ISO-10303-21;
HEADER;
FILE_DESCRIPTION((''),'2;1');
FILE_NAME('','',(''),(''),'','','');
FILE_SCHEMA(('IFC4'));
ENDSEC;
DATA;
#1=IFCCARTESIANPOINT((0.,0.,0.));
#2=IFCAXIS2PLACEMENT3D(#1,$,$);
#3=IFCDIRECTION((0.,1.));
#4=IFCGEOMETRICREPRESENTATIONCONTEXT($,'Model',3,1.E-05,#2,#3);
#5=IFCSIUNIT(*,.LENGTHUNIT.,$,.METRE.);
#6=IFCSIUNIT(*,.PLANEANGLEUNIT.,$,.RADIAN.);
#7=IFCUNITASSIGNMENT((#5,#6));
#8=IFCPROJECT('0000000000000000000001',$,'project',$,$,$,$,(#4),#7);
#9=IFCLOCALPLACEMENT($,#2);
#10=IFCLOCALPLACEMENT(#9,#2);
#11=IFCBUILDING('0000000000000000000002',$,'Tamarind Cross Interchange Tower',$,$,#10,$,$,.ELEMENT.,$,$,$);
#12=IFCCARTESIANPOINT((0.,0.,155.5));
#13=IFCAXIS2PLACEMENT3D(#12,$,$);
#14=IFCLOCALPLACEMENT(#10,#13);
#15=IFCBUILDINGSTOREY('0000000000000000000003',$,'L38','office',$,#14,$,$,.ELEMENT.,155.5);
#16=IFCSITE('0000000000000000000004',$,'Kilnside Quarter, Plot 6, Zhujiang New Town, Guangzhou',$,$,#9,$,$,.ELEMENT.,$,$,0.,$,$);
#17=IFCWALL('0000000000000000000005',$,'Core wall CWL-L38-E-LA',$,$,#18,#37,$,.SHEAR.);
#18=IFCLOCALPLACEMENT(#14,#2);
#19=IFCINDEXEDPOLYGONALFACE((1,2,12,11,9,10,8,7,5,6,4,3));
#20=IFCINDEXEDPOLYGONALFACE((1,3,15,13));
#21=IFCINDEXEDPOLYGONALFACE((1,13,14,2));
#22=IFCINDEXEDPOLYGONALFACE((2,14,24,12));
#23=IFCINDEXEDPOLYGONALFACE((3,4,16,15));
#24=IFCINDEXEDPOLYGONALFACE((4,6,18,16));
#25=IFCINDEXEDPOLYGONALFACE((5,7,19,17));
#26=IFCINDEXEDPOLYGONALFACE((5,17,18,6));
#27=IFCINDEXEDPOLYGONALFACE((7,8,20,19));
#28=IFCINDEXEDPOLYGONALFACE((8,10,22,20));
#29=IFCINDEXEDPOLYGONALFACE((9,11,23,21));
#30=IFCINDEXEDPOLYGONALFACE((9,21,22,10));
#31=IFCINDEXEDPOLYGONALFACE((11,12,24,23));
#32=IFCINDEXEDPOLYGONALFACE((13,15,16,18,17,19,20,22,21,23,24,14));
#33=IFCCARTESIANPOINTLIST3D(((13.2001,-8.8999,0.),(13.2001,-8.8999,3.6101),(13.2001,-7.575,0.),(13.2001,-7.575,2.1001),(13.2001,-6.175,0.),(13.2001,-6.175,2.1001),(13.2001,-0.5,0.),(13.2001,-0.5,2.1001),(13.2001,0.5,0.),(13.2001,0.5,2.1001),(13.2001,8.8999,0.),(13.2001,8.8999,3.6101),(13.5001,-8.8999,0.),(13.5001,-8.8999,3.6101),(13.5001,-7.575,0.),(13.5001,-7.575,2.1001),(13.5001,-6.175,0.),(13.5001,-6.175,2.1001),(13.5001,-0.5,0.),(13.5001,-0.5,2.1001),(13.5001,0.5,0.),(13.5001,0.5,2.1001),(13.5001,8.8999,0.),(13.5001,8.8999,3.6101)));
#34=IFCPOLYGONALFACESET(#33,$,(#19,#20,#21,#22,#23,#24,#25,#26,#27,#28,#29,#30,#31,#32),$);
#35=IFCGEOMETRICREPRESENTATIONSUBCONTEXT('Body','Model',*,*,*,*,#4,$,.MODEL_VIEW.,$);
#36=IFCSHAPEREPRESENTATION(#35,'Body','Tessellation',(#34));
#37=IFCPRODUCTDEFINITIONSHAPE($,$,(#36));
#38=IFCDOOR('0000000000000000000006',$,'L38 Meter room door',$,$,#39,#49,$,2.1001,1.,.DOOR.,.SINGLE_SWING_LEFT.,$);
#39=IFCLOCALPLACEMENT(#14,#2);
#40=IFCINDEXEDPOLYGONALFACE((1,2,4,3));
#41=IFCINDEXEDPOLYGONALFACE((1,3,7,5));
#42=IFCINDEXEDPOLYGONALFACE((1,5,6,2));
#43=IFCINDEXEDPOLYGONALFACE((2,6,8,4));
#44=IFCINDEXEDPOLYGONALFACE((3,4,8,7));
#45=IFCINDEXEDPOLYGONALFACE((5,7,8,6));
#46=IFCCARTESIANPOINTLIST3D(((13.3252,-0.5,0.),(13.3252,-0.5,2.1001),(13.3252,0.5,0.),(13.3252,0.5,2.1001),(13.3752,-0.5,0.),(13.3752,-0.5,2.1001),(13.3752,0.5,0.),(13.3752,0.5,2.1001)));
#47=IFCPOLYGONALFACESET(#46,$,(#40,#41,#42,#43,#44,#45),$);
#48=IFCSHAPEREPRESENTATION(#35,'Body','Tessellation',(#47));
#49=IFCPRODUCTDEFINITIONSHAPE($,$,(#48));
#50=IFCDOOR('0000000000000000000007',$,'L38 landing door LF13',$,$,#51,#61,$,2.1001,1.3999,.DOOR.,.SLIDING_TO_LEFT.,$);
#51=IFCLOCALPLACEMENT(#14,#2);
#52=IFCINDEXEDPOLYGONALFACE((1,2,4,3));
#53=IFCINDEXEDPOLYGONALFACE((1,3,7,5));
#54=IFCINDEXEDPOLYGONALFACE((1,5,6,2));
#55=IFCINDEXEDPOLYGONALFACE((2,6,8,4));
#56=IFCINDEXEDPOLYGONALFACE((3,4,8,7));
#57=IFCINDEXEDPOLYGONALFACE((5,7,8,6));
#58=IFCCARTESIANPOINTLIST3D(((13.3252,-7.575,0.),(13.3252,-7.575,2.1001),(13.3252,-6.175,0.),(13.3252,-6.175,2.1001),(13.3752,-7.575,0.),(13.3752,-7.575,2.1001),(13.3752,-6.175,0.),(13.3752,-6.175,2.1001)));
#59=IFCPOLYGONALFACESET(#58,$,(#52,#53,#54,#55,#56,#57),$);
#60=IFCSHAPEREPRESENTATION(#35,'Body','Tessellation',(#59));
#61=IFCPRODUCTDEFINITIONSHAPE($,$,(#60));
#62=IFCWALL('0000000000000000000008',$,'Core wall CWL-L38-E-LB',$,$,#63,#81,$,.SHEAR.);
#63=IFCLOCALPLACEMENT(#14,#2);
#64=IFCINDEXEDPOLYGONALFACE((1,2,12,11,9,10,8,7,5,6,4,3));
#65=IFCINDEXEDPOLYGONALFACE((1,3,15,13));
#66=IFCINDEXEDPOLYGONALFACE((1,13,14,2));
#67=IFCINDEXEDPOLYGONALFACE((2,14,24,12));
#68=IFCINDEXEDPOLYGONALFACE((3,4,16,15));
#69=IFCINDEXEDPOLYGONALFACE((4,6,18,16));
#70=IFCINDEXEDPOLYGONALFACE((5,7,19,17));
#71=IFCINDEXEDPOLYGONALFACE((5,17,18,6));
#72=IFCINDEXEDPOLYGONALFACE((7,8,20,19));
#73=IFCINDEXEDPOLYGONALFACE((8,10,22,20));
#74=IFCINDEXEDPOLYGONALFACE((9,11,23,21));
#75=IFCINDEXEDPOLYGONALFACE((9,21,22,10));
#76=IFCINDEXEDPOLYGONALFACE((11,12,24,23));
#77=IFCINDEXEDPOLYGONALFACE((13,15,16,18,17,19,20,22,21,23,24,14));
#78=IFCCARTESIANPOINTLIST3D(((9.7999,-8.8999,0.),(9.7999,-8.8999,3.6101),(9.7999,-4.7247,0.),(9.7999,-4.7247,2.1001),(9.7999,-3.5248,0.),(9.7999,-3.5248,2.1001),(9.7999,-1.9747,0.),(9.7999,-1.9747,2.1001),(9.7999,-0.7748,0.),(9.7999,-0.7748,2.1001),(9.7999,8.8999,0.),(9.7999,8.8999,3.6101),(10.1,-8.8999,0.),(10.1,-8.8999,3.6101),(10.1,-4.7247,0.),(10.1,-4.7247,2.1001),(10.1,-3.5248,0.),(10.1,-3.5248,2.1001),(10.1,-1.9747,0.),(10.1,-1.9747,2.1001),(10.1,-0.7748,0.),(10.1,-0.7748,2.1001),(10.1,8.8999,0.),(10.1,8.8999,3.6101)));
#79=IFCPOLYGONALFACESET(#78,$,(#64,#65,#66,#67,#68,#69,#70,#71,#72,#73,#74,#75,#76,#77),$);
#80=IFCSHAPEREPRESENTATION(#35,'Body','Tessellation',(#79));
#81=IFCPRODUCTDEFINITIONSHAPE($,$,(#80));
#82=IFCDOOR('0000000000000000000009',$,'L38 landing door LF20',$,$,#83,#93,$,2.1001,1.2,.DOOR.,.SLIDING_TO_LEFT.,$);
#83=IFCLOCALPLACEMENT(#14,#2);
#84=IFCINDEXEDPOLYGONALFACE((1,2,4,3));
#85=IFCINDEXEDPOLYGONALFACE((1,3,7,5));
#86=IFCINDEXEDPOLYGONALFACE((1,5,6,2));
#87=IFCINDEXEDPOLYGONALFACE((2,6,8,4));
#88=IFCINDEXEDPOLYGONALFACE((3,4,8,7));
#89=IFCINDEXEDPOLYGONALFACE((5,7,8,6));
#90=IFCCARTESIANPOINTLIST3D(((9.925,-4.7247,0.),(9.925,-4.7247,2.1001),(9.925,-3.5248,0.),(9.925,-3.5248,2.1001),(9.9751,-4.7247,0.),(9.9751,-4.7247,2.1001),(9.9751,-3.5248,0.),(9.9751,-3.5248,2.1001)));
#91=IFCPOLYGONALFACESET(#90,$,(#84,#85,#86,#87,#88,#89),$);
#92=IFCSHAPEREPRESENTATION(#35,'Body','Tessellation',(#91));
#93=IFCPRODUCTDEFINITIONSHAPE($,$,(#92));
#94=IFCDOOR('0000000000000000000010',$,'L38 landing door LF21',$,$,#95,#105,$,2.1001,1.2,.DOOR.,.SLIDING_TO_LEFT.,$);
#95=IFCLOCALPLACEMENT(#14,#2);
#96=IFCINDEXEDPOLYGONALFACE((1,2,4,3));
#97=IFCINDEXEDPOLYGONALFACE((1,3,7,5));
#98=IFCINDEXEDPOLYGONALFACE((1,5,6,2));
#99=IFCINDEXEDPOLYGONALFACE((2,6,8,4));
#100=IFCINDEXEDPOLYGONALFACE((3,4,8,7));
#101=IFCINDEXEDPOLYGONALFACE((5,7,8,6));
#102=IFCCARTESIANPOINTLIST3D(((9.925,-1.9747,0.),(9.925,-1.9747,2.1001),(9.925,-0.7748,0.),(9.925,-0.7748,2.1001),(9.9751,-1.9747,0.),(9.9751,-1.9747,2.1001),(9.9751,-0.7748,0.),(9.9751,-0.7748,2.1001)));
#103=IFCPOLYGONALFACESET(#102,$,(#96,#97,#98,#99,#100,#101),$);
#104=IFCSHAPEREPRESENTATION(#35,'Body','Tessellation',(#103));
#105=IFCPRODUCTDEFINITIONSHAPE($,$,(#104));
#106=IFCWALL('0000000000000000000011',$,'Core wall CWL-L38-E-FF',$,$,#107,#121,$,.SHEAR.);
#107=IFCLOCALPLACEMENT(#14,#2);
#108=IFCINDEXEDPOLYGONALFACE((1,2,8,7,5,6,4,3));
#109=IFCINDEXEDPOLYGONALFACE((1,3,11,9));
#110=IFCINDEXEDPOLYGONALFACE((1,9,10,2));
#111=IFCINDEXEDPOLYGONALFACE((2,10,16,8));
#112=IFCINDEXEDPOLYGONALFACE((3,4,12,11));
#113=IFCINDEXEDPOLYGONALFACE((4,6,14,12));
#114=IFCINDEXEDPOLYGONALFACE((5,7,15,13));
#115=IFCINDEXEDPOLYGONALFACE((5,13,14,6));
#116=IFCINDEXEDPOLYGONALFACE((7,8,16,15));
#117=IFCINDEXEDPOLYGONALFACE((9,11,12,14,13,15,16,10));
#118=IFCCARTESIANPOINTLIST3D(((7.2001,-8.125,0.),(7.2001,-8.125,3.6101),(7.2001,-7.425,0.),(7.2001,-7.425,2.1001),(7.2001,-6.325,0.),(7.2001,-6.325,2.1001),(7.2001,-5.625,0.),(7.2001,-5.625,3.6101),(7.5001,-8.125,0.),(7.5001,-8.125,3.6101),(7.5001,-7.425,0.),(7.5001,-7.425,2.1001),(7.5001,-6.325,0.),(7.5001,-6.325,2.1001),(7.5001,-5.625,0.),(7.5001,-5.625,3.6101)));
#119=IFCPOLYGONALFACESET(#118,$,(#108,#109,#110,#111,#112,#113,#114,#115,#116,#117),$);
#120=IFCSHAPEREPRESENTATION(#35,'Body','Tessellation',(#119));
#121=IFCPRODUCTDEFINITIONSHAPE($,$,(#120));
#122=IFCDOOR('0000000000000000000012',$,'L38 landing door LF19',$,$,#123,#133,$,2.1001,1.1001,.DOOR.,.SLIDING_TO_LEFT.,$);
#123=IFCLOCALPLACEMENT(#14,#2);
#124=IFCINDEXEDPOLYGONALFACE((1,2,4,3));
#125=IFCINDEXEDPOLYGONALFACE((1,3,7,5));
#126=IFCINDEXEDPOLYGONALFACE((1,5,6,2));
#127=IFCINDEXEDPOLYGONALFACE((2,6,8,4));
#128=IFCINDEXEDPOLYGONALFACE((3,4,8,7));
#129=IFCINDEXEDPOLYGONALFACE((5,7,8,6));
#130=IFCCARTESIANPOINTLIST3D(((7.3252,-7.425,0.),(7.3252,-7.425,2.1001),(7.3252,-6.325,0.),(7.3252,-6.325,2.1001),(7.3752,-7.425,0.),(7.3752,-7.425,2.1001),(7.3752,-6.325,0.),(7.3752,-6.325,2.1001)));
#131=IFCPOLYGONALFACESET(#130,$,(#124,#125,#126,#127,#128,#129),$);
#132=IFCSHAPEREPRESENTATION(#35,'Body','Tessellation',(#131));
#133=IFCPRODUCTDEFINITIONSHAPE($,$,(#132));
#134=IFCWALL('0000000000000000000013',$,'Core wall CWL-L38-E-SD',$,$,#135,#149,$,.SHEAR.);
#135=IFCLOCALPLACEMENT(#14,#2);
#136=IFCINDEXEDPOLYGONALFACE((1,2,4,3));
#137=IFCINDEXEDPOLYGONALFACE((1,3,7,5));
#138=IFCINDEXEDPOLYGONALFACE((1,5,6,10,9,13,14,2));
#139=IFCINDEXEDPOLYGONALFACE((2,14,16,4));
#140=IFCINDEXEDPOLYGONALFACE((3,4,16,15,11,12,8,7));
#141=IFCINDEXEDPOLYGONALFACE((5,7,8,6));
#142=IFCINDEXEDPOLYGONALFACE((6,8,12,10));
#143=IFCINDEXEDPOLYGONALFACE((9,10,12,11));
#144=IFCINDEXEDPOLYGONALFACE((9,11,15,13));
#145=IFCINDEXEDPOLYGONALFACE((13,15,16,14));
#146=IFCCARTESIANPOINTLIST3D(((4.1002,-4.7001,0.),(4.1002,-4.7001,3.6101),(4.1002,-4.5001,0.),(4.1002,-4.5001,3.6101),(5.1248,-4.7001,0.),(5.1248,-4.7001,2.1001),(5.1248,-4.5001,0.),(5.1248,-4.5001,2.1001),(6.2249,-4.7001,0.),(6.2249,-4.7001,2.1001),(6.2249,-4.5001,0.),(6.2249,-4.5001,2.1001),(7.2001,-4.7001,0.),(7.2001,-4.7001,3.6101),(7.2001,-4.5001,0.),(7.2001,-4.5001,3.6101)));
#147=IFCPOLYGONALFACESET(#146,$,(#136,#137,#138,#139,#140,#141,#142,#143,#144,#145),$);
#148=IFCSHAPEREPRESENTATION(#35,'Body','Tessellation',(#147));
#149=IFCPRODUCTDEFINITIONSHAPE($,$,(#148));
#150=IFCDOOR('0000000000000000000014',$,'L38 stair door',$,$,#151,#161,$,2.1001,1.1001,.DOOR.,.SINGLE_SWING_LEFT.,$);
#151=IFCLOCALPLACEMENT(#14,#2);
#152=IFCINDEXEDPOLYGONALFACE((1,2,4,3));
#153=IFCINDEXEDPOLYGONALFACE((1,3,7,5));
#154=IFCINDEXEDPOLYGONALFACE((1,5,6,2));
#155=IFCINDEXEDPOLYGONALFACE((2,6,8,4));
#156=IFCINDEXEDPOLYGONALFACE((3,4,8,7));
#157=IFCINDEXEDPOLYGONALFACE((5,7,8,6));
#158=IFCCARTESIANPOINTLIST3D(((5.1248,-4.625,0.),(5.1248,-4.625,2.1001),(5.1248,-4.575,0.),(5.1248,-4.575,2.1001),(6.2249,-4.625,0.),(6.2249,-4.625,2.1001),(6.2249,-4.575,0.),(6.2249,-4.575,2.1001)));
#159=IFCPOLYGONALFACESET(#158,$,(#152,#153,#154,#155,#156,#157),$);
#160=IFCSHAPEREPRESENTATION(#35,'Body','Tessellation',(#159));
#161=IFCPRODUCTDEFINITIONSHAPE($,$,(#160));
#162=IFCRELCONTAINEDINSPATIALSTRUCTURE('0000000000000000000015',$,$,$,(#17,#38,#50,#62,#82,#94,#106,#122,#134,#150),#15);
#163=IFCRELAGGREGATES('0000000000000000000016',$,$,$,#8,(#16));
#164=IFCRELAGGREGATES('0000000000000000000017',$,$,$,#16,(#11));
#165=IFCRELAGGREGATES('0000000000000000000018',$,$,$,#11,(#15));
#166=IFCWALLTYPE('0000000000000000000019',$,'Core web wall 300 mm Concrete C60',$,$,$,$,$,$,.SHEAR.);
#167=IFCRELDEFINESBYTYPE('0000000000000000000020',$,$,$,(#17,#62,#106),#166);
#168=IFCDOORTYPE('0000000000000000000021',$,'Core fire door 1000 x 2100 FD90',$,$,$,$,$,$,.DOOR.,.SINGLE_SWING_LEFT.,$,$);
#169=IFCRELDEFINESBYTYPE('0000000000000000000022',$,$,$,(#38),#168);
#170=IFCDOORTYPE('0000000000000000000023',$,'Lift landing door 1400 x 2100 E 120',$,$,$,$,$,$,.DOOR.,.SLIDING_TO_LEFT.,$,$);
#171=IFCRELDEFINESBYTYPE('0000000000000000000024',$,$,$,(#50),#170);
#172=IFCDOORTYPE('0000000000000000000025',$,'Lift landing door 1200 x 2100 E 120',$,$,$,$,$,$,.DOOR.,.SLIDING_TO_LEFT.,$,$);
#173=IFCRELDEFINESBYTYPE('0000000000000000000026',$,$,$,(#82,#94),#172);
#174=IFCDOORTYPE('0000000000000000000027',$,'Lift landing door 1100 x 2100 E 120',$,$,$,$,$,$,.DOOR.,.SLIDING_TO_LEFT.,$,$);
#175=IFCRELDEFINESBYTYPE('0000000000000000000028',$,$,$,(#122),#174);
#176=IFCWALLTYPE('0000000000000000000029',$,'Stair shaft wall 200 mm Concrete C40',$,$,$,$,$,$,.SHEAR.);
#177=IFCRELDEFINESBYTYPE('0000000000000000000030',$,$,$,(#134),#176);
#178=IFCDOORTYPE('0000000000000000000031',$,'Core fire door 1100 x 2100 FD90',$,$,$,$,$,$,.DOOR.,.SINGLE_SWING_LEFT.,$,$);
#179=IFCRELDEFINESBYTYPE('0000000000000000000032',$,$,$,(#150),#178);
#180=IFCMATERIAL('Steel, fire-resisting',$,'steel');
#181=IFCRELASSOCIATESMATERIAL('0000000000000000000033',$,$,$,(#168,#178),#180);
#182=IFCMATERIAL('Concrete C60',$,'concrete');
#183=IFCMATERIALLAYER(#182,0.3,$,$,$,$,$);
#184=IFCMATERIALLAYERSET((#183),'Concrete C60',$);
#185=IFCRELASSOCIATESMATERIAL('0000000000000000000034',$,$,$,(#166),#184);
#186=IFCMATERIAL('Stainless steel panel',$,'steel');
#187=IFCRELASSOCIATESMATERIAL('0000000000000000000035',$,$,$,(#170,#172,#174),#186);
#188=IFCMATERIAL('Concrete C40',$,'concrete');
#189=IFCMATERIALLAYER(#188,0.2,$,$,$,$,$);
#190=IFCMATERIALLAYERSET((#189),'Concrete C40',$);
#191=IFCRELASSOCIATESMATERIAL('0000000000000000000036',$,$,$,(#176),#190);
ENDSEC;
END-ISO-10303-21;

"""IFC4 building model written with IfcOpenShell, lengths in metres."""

from ifc_helpers import new_model, si_unit, direction, frame, frame_2d, origin, place, context, subcontext, project, spatial, rectangle, extrude, material, layer, layer_set, type_object, element, fill, save


model = new_model("IFC4")

# Units and contexts
model_context = context("Model", 3, precision=1e-05, world=origin(), true_north=direction((0.0, 1.0)))
body_context = subcontext(model_context, "Body", "Model", "MODEL_VIEW")
ifc_project = project(units=[si_unit("LENGTHUNIT", "METRE"), si_unit("PLANEANGLEUNIT", "RADIAN")], contexts=[model_context])

# Site, building, storey
site_placement = place(None, origin())
site = spatial("IfcSite", under=ifc_project, at=site_placement, Name="Kilnside Quarter, Plot 6, Zhujiang New Town, Guangzhou", CompositionType="ELEMENT", RefElevation=0.0)
building_placement = place(site_placement, origin())
building = spatial("IfcBuilding", under=site, at=building_placement, Name="Tamarind Cross Interchange Tower", CompositionType="ELEMENT")
storey_placement = place(building_placement, frame((0.0, 0.0, 155.5)))
storey = spatial("IfcBuildingStorey", under=building, at=storey_placement, Name="L38", Description="office", CompositionType="ELEMENT", Elevation=155.5)

# Shared definitions
ifc_material_1 = material(Name="Concrete C60", Category="concrete")
ifc_material_2 = material(Name="Steel, fire-resisting", Category="steel")
door_type_1 = type_object("IfcDoorType", Name="Core fire door 1000 x 2100 FD90", OperationType="SINGLE_SWING_LEFT", PredefinedType="DOOR", material=ifc_material_2)

# Shared definitions
ifc_layer_1 = layer(ifc_material_1, 0.3)
ifc_layer_set_1 = layer_set([ifc_layer_1], Name="Concrete C60")
wall_type_1 = type_object("IfcWallType", Name="Core web wall 300 mm Concrete C60", PredefinedType="SHEAR", material=ifc_layer_set_1)

# Walls, openings, doors
wall_1_placement = place(storey_placement, frame((13.3501, -8.8999, 0.0), z_axis=(0.0, 0.0, 1.0), x_axis=(0.0, 1.0, 0.0)))
wall_1 = element("IfcWall", 1, at=wall_1_placement, inside=storey, type_object=wall_type_1, Name="Core wall CWL-L38-E-LA", PredefinedType="SHEAR", context=body_context, shape_type="SweptSolid", body=[
    extrude(rectangle(XDim=17.7998, YDim=0.3, at=frame_2d((8.8999, 0.0))), origin(), (0.0, 0.0, 1.0), 3.6101),
])
opening_1_placement = place(wall_1_placement, frame((1.325, 0.0, 0.0)))
opening_1 = element("IfcOpeningElement", 2, at=opening_1_placement, cuts=wall_1, PredefinedType="OPENING", context=body_context, shape_type="SweptSolid", body=[
    extrude(rectangle(XDim=1.3999, YDim=2.1001, at=frame_2d((0.7, 1.05))), frame((0.0, 0.1599, 0.0), z_axis=(0.0, -1.0, 0.0), x_axis=(1.0, 0.0, 0.0)), (0.0, 0.0, 1.0), 0.3201),
])
opening_2_placement = place(wall_1_placement, frame((8.3999, 0.0, 0.0)))
opening_2 = element("IfcOpeningElement", 3, at=opening_2_placement, cuts=wall_1, PredefinedType="OPENING", context=body_context, shape_type="SweptSolid", body=[
    extrude(rectangle(XDim=1.0, YDim=2.1001, at=frame_2d((0.5, 1.05))), frame((0.0, 0.1599, 0.0), z_axis=(0.0, -1.0, 0.0), x_axis=(1.0, 0.0, 0.0)), (0.0, 0.0, 1.0), 0.3201),
])
door_1_placement = place(opening_2_placement, origin())
door_1 = element("IfcDoor", 4, at=door_1_placement, inside=storey, type_object=door_type_1, Name="L38 Meter room door", OperationType="SINGLE_SWING_LEFT", OverallHeight=2.1001, OverallWidth=1.0, PredefinedType="DOOR", context=body_context, shape_type="SweptSolid", body=[
    extrude(rectangle(XDim=1.0, YDim=2.1001, at=frame_2d((0.5, 1.05))), frame((0.0, 0.0249, 0.0), z_axis=(0.0, -1.0, 0.0), x_axis=(1.0, 0.0, 0.0)), (0.0, 0.0, 1.0), 0.05),
])
fill(opening_2, door_1)
ifc_material_3 = material(Name="Stainless steel panel", Category="steel")
door_type_2 = type_object("IfcDoorType", Name="Lift landing door 1400 x 2100 E 120", OperationType="SLIDING_TO_LEFT", PredefinedType="DOOR", material=ifc_material_3)
door_2_placement = place(opening_1_placement, origin())
door_2 = element("IfcDoor", 5, at=door_2_placement, inside=storey, type_object=door_type_2, Name="L38 landing door LF13", OperationType="SLIDING_TO_LEFT", OverallHeight=2.1001, OverallWidth=1.3999, PredefinedType="DOOR", context=body_context, shape_type="SweptSolid", body=[
    extrude(rectangle(XDim=1.3999, YDim=2.1001, at=frame_2d((0.7, 1.05))), frame((0.0, 0.0249, 0.0), z_axis=(0.0, -1.0, 0.0), x_axis=(1.0, 0.0, 0.0)), (0.0, 0.0, 1.0), 0.05),
])
fill(opening_1, door_2)
wall_2_placement = place(storey_placement, frame((9.95, -8.8999, 0.0), z_axis=(0.0, 0.0, 1.0), x_axis=(0.0, 1.0, 0.0)))
wall_2 = element("IfcWall", 6, at=wall_2_placement, inside=storey, type_object=wall_type_1, Name="Core wall CWL-L38-E-LB", PredefinedType="SHEAR", context=body_context, shape_type="SweptSolid", body=[
    extrude(rectangle(XDim=17.7998, YDim=0.3, at=frame_2d((8.8999, 0.0))), origin(), (0.0, 0.0, 1.0), 3.6101),
])
opening_3_placement = place(wall_2_placement, frame((4.175, 0.0, 0.0)))
opening_3 = element("IfcOpeningElement", 7, at=opening_3_placement, cuts=wall_2, PredefinedType="OPENING", context=body_context, shape_type="SweptSolid", body=[
    extrude(rectangle(XDim=1.2, YDim=2.1001, at=frame_2d((0.6001, 1.05))), frame((0.0, 0.1599, 0.0), z_axis=(0.0, -1.0, 0.0), x_axis=(1.0, 0.0, 0.0)), (0.0, 0.0, 1.0), 0.3201),
])
opening_4_placement = place(wall_2_placement, frame((6.925, 0.0, 0.0)))
opening_4 = element("IfcOpeningElement", 8, at=opening_4_placement, cuts=wall_2, PredefinedType="OPENING", context=body_context, shape_type="SweptSolid", body=[
    extrude(rectangle(XDim=1.2, YDim=2.1001, at=frame_2d((0.6001, 1.05))), frame((0.0, 0.1599, 0.0), z_axis=(0.0, -1.0, 0.0), x_axis=(1.0, 0.0, 0.0)), (0.0, 0.0, 1.0), 0.3201),
])
door_type_3 = type_object("IfcDoorType", Name="Lift landing door 1200 x 2100 E 120", OperationType="SLIDING_TO_LEFT", PredefinedType="DOOR", material=ifc_material_3)
door_3_placement = place(opening_3_placement, origin())
door_3 = element("IfcDoor", 9, at=door_3_placement, inside=storey, type_object=door_type_3, Name="L38 landing door LF20", OperationType="SLIDING_TO_LEFT", OverallHeight=2.1001, OverallWidth=1.2, PredefinedType="DOOR", context=body_context, shape_type="SweptSolid", body=[
    extrude(rectangle(XDim=1.2, YDim=2.1001, at=frame_2d((0.6001, 1.05))), frame((0.0, 0.0249, 0.0), z_axis=(0.0, -1.0, 0.0), x_axis=(1.0, 0.0, 0.0)), (0.0, 0.0, 1.0), 0.05),
])
fill(opening_3, door_3)
door_4_placement = place(opening_4_placement, origin())
door_4 = element("IfcDoor", 10, at=door_4_placement, inside=storey, type_object=door_type_3, Name="L38 landing door LF21", OperationType="SLIDING_TO_LEFT", OverallHeight=2.1001, OverallWidth=1.2, PredefinedType="DOOR", context=body_context, shape_type="SweptSolid", body=[
    extrude(rectangle(XDim=1.2, YDim=2.1001, at=frame_2d((0.6001, 1.05))), frame((0.0, 0.0249, 0.0), z_axis=(0.0, -1.0, 0.0), x_axis=(1.0, 0.0, 0.0)), (0.0, 0.0, 1.0), 0.05),
])
fill(opening_4, door_4)

# Walls, openings, doors
wall_3_placement = place(storey_placement, frame((7.3501, -8.125, 0.0), z_axis=(0.0, 0.0, 1.0), x_axis=(0.0, 1.0, 0.0)))
wall_3 = element("IfcWall", 11, at=wall_3_placement, inside=storey, type_object=wall_type_1, Name="Core wall CWL-L38-E-FF", PredefinedType="SHEAR", context=body_context, shape_type="SweptSolid", body=[
    extrude(rectangle(XDim=2.5, YDim=0.3, at=frame_2d((1.25, 0.0))), origin(), (0.0, 0.0, 1.0), 3.6101),
])
opening_5_placement = place(wall_3_placement, frame((0.7, 0.0, 0.0)))
opening_5 = element("IfcOpeningElement", 12, at=opening_5_placement, cuts=wall_3, PredefinedType="OPENING", context=body_context, shape_type="SweptSolid", body=[
    extrude(rectangle(XDim=1.1001, YDim=2.1001, at=frame_2d((0.55, 1.05))), frame((0.0, 0.1599, 0.0), z_axis=(0.0, -1.0, 0.0), x_axis=(1.0, 0.0, 0.0)), (0.0, 0.0, 1.0), 0.3201),
])
door_type_4 = type_object("IfcDoorType", Name="Lift landing door 1100 x 2100 E 120", OperationType="SLIDING_TO_LEFT", PredefinedType="DOOR", material=ifc_material_3)
door_5_placement = place(opening_5_placement, origin())
door_5 = element("IfcDoor", 13, at=door_5_placement, inside=storey, type_object=door_type_4, Name="L38 landing door LF19", OperationType="SLIDING_TO_LEFT", OverallHeight=2.1001, OverallWidth=1.1001, PredefinedType="DOOR", context=body_context, shape_type="SweptSolid", body=[
    extrude(rectangle(XDim=1.1001, YDim=2.1001, at=frame_2d((0.55, 1.05))), frame((0.0, 0.0249, 0.0), z_axis=(0.0, -1.0, 0.0), x_axis=(1.0, 0.0, 0.0)), (0.0, 0.0, 1.0), 0.05),
])
fill(opening_5, door_5)
ifc_material_4 = material(Name="Concrete C40", Category="concrete")
ifc_layer_2 = layer(ifc_material_4, 0.2)
ifc_layer_set_2 = layer_set([ifc_layer_2], Name="Concrete C40")
wall_type_2 = type_object("IfcWallType", Name="Stair shaft wall 200 mm Concrete C40", PredefinedType="SHEAR", material=ifc_layer_set_2)
wall_4_placement = place(storey_placement, frame((7.2, -4.6001, 0.0), z_axis=(0.0, 0.0, 1.0), x_axis=(-1.0, 0.0, 0.0)))
wall_4 = element("IfcWall", 14, at=wall_4_placement, inside=storey, type_object=wall_type_2, Name="Core wall CWL-L38-E-SD", PredefinedType="SHEAR", context=body_context, shape_type="SweptSolid", body=[
    extrude(rectangle(XDim=3.0999, YDim=0.2, at=frame_2d((1.5498, 0.0))), origin(), (0.0, 0.0, 1.0), 3.6101),
])
opening_6_placement = place(wall_4_placement, frame((0.9751, 0.0, 0.0)))
opening_6 = element("IfcOpeningElement", 15, at=opening_6_placement, cuts=wall_4, PredefinedType="OPENING", context=body_context, shape_type="SweptSolid", body=[
    extrude(rectangle(XDim=1.1001, YDim=2.1001, at=frame_2d((0.55, 1.05))), frame((0.0, 0.1099, 0.0), z_axis=(0.0, -1.0, 0.0), x_axis=(1.0, 0.0, 0.0)), (0.0, 0.0, 1.0), 0.22),
])
door_type_5 = type_object("IfcDoorType", Name="Core fire door 1100 x 2100 FD90", OperationType="SINGLE_SWING_LEFT", PredefinedType="DOOR", material=ifc_material_2)
door_6_placement = place(opening_6_placement, origin())
door_6 = element("IfcDoor", 16, at=door_6_placement, inside=storey, type_object=door_type_5, Name="L38 stair door", OperationType="SINGLE_SWING_LEFT", OverallHeight=2.1001, OverallWidth=1.1001, PredefinedType="DOOR", context=body_context, shape_type="SweptSolid", body=[
    extrude(rectangle(XDim=1.1001, YDim=2.1001, at=frame_2d((0.55, 1.05))), frame((0.0, 0.0249, 0.0), z_axis=(0.0, -1.0, 0.0), x_axis=(1.0, 0.0, 0.0)), (0.0, 0.0, 1.0), 0.05),
])
fill(opening_6, door_6)

save(model, "model.ifc")
